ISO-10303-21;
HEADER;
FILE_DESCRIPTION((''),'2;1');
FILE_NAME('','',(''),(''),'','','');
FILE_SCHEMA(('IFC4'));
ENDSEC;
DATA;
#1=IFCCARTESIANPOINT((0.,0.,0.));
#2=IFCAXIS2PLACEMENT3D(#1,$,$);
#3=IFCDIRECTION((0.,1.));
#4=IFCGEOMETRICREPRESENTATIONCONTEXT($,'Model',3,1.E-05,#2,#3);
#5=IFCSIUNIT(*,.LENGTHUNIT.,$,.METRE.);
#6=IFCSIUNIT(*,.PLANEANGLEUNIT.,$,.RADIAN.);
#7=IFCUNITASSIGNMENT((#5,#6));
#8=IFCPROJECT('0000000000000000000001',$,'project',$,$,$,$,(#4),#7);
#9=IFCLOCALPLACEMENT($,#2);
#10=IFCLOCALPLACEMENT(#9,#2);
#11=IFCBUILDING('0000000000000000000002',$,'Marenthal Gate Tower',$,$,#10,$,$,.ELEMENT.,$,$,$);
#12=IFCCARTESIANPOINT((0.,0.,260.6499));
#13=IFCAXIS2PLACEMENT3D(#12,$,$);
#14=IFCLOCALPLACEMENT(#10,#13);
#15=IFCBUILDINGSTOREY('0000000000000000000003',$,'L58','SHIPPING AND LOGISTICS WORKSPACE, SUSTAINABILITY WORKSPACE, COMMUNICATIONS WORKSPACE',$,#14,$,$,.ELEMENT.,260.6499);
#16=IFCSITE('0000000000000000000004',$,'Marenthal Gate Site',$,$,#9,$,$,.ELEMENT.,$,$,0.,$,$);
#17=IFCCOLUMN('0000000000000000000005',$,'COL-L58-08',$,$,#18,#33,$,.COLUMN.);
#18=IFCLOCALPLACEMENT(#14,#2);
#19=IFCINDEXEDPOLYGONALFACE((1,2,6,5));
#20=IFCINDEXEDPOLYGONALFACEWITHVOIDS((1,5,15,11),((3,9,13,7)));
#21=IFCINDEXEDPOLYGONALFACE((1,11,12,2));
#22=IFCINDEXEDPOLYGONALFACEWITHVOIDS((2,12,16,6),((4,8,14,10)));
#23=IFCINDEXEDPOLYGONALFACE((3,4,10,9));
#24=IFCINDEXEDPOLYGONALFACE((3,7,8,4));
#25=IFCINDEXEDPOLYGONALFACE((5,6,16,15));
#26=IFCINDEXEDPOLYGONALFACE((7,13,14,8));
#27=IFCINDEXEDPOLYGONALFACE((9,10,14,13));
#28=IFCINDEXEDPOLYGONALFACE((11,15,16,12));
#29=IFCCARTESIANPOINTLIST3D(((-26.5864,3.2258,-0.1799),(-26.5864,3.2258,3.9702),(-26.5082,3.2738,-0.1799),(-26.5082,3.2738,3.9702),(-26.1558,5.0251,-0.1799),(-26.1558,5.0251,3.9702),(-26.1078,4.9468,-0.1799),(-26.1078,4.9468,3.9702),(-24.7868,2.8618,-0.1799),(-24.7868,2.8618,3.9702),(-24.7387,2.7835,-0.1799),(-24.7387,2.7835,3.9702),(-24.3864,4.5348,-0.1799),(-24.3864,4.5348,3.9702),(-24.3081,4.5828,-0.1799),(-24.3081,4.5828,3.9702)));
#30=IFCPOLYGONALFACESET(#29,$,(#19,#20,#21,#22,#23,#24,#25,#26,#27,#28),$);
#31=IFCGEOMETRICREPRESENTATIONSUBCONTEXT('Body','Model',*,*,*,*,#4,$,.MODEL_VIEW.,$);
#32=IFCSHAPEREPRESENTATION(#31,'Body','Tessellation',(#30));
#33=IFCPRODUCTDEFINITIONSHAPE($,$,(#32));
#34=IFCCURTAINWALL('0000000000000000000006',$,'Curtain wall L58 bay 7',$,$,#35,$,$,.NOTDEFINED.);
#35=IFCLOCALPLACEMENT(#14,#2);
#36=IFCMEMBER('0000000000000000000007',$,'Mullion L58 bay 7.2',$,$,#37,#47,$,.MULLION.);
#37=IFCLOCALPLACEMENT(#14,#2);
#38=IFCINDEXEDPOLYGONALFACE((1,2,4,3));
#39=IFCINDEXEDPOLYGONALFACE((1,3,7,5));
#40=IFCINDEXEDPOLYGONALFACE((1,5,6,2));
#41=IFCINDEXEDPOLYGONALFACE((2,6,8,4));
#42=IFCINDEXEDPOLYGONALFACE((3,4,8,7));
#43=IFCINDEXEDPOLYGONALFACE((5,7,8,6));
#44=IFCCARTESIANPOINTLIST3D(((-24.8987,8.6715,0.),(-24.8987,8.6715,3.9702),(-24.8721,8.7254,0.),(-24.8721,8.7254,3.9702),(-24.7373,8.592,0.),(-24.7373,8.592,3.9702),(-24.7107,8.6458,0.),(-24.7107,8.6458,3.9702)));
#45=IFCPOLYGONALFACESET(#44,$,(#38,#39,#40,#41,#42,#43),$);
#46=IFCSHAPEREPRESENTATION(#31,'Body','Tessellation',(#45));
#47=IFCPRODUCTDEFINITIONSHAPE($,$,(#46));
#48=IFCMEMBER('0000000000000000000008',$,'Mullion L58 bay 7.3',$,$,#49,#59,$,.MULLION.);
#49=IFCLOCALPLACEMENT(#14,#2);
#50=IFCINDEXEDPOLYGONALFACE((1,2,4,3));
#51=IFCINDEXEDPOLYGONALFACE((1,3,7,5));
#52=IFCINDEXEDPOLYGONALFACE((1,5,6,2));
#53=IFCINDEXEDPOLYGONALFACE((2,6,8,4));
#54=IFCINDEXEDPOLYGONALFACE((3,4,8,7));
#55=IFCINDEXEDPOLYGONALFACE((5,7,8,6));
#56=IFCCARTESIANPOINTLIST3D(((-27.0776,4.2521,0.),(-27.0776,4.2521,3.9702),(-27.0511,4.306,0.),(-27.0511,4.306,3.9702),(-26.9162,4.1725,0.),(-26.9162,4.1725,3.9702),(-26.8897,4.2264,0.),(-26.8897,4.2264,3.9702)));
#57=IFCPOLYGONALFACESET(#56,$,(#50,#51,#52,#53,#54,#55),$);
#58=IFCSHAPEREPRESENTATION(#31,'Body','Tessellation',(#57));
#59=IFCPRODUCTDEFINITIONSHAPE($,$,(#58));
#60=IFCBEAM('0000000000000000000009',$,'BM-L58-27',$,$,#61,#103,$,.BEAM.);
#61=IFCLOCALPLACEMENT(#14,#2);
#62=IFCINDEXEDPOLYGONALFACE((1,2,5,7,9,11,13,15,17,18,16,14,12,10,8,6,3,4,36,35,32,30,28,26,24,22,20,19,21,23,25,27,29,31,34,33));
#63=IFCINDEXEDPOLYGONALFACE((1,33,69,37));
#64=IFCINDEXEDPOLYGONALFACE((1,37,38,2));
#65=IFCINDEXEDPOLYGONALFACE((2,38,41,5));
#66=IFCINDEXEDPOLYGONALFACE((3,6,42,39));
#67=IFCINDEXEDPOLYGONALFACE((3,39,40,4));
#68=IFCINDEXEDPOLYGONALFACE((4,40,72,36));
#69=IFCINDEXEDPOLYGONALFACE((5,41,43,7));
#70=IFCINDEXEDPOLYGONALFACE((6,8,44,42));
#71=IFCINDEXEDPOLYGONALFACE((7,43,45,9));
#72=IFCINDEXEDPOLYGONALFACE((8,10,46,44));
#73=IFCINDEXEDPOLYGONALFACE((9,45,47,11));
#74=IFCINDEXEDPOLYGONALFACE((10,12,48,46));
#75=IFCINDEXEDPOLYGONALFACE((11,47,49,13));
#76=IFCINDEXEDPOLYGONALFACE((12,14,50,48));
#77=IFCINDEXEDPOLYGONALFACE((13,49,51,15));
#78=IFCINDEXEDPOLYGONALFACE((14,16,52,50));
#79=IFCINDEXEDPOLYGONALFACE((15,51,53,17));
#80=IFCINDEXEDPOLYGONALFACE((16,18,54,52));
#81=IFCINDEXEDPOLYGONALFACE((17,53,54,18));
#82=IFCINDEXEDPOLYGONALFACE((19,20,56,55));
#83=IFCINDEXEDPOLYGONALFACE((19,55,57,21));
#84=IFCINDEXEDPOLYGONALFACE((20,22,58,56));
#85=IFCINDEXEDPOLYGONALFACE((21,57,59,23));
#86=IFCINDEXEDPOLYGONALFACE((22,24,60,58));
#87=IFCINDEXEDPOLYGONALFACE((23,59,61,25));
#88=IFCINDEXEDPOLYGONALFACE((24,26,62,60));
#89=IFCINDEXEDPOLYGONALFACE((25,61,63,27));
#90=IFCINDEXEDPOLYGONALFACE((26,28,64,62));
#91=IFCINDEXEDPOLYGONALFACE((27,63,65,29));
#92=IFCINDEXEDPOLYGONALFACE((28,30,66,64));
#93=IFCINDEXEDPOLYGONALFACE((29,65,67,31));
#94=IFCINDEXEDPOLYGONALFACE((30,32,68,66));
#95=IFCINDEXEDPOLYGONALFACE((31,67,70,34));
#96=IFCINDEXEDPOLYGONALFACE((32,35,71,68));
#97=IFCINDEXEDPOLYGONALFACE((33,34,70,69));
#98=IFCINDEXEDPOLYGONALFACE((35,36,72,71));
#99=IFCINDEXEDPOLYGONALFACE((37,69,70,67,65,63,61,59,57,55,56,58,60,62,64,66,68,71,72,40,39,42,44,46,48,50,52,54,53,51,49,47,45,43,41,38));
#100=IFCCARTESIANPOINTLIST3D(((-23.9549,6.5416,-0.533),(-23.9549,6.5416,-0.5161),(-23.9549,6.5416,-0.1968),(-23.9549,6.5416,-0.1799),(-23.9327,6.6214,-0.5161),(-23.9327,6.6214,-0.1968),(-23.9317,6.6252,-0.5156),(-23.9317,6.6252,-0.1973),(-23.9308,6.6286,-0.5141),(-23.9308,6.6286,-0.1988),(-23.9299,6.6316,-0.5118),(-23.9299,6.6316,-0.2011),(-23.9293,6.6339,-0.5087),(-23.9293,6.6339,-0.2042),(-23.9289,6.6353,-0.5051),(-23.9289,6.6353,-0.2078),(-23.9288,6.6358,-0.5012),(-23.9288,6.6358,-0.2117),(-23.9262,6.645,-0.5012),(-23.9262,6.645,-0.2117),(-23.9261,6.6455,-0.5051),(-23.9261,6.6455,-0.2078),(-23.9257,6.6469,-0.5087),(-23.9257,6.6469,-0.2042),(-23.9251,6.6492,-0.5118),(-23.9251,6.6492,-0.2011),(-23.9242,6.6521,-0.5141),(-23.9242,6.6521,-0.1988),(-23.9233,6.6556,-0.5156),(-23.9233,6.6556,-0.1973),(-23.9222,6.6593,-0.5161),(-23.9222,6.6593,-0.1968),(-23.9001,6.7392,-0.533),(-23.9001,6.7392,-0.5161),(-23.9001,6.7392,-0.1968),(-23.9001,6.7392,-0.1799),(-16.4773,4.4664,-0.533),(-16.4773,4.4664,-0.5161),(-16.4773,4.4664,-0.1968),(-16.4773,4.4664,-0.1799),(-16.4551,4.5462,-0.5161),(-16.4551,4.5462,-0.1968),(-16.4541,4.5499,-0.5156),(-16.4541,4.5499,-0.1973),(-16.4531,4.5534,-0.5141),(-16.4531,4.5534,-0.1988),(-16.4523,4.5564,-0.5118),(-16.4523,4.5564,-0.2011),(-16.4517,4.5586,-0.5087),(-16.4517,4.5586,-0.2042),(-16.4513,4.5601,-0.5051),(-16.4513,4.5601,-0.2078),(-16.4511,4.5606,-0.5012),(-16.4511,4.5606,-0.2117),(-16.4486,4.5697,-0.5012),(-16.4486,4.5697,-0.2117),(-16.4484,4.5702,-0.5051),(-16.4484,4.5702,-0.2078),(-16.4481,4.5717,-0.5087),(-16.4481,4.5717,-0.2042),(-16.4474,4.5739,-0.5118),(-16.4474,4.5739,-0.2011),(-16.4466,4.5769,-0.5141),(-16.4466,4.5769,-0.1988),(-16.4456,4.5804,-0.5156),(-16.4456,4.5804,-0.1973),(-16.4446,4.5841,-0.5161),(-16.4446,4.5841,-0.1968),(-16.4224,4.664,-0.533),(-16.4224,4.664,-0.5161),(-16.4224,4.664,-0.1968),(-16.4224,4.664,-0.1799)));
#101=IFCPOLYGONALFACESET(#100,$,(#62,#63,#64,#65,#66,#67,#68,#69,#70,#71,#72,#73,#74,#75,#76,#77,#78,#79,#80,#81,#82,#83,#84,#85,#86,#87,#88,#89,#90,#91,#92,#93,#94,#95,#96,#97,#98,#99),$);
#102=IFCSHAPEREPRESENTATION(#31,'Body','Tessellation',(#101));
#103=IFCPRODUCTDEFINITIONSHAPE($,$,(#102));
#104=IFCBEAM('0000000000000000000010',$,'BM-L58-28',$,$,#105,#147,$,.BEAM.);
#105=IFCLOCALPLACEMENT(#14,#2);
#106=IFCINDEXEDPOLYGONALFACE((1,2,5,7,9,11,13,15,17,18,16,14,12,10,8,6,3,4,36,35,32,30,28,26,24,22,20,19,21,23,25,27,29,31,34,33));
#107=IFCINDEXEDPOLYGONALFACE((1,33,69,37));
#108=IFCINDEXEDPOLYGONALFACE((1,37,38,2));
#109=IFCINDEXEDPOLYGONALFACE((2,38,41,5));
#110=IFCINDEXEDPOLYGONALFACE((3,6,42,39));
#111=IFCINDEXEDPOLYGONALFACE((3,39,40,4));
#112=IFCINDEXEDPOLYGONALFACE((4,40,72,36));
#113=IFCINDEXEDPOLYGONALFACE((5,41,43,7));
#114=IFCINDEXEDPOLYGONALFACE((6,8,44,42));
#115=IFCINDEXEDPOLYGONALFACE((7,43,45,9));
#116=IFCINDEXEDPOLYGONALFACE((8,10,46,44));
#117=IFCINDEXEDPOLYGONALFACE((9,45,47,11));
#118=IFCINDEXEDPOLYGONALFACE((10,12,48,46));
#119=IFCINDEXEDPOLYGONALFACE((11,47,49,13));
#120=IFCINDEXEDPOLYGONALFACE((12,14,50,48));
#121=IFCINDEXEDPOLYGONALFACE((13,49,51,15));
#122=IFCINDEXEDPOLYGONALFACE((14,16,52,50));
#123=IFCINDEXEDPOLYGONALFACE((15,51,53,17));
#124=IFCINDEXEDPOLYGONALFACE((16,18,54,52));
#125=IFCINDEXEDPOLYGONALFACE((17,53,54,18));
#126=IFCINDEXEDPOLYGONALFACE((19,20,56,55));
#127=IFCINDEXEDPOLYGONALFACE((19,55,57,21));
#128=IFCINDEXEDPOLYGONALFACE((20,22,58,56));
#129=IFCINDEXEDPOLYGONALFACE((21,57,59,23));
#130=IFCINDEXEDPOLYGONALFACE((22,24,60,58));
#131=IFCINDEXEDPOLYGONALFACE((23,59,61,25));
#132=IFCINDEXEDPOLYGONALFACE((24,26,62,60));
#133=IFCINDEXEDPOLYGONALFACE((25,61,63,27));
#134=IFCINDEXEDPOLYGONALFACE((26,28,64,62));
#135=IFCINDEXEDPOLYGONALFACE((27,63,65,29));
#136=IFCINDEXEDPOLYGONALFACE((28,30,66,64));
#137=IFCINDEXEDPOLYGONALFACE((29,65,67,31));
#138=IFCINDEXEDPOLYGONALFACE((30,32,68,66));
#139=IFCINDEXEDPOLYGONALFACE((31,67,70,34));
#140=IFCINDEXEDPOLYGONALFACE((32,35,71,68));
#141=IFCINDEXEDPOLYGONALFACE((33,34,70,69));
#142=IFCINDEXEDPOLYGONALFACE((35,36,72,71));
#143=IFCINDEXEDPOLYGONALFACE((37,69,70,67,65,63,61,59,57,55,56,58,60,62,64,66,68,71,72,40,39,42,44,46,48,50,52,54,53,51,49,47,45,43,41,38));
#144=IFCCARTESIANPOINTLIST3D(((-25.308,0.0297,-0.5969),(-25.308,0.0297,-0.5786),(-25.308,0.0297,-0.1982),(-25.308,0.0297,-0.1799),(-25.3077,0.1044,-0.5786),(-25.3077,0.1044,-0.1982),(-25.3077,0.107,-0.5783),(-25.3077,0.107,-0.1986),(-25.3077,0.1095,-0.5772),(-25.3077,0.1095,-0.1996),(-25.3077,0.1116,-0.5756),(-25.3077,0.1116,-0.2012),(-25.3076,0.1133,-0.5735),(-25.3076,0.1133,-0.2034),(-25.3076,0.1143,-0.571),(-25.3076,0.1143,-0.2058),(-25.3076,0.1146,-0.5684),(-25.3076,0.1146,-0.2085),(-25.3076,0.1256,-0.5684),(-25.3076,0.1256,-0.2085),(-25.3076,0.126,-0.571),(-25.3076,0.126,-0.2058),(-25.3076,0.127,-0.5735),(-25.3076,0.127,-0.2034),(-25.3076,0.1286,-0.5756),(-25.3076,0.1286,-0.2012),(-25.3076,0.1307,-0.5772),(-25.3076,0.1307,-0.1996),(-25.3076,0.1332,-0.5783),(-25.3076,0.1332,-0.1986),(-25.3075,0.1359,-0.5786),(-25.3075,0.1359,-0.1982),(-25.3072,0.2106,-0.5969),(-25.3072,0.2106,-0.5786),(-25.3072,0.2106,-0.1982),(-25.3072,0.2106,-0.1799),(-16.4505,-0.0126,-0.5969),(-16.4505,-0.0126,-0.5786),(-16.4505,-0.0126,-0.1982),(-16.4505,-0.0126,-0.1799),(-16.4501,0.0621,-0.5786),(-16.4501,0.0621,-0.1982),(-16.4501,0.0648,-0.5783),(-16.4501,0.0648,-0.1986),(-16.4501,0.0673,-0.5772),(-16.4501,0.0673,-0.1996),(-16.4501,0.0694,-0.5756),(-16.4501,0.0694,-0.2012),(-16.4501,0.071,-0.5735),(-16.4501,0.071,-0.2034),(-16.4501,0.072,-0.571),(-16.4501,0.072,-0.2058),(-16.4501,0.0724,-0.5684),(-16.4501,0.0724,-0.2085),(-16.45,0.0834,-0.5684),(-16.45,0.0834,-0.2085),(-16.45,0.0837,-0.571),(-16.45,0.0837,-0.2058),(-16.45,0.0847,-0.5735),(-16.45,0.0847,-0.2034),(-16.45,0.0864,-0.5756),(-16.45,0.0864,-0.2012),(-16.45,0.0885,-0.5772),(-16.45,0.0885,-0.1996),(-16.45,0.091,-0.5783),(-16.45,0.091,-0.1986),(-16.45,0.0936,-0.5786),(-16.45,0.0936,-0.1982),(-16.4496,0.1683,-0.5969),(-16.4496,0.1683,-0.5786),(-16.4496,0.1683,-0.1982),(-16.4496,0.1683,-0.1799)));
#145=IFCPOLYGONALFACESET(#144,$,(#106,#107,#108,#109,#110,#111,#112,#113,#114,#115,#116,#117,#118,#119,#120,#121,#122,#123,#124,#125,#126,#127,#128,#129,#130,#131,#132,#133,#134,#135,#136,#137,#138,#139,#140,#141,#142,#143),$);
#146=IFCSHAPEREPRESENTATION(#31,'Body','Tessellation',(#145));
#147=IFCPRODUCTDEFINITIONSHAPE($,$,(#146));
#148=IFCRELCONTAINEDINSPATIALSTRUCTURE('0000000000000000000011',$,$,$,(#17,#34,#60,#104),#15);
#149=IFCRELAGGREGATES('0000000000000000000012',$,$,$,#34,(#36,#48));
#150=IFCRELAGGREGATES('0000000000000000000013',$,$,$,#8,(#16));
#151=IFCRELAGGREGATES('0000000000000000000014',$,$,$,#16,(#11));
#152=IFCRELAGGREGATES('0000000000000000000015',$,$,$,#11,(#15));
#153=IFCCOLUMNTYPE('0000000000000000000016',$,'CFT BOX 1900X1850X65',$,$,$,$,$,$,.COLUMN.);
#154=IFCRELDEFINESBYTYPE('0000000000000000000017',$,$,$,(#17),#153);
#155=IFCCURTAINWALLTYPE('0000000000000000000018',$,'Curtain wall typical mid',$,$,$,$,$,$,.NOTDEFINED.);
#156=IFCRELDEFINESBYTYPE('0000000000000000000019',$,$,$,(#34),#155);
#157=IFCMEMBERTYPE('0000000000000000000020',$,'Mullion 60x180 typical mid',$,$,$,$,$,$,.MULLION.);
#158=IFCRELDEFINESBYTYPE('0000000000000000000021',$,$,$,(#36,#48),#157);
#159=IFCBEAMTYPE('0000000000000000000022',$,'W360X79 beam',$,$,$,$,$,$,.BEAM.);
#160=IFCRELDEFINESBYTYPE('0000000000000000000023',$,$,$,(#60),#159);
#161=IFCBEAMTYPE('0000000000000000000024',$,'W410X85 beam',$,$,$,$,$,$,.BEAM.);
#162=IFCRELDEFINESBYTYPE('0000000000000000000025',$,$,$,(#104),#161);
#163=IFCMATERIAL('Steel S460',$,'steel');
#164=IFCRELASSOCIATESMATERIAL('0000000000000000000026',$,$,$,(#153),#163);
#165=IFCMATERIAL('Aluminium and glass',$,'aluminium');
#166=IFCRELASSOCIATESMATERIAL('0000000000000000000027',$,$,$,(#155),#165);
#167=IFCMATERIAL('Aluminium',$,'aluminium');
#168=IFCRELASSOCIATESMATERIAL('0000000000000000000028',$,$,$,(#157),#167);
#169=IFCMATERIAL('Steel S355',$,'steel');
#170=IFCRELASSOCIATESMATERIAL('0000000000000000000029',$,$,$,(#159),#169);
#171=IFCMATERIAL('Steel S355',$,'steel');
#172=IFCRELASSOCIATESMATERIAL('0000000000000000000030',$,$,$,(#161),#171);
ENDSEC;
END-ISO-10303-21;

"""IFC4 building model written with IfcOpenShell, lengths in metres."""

from ifc_helpers import new_model, si_unit, direction, frame, origin, origin_2d, place, context, subcontext, project, spatial, rectangle, hollow_rectangle, i_section, extrude, material, material_profile, profile_set, type_object, element, aggregate, save


model = new_model("IFC4")

# Units and contexts
model_context = context("Model", 3, precision=1e-05, world=origin(), true_north=direction((0.0, 1.0)))
body_context = subcontext(model_context, "Body", "Model", "MODEL_VIEW")
ifc_project = project(units=[si_unit("LENGTHUNIT", "METRE"), si_unit("PLANEANGLEUNIT", "RADIAN")], contexts=[model_context])

# Site, building, storey
site_placement = place(None, origin())
site = spatial("IfcSite", under=ifc_project, at=site_placement, Name="Marenthal Gate Site", CompositionType="ELEMENT", RefElevation=0.0)
building_placement = place(site_placement, origin())
building = spatial("IfcBuilding", under=site, at=building_placement, Name="Marenthal Gate Tower", CompositionType="ELEMENT")
storey_placement = place(building_placement, frame((0.0, 0.0, 260.6499)))
storey = spatial("IfcBuildingStorey", under=building, at=storey_placement, Name="L58", Description="SHIPPING AND LOGISTICS WORKSPACE, SUSTAINABILITY WORKSPACE, COMMUNICATIONS WORKSPACE", CompositionType="ELEMENT", Elevation=260.6499)

# Column
ifc_material_1 = material(Name="Steel S460", Category="steel")
ifc_material_profile_1 = material_profile(ifc_material_1, hollow_rectangle(XDim=1.8501, YDim=1.8999, WallThickness=0.0649, at=origin_2d()), Name="CFT BOX 1900X1850X65")
ifc_material_2 = material(Name="Concrete 70 MPa", Category="concrete")
ifc_material_profile_2 = material_profile(ifc_material_2, rectangle(XDim=1.72, YDim=1.77, at=origin_2d()), Name="CFT BOX 1900X1850X65 INFILL")
ifc_profile_set_1 = profile_set([ifc_material_profile_1, ifc_material_profile_2], Name="Steel S460 shell, Concrete 70 MPa infill")
column_type = type_object("IfcColumnType", Name="CFT BOX 1900X1850X65", PredefinedType="COLUMN", material=ifc_profile_set_1)
column_placement = place(storey_placement, frame((-25.4473, 3.9043, -0.1799), z_axis=(0.0, 0.0, 1.0), x_axis=(0.23277, 0.972532, 0.0)))
element("IfcColumn", 1, at=column_placement, inside=storey, type_object=column_type, Name="COL-L58-08", PredefinedType="COLUMN", context=body_context, shape_type="SweptSolid", body=[
    extrude(hollow_rectangle(XDim=1.8501, YDim=1.8999, WallThickness=0.0649, at=origin_2d()), origin(), (0.0, 0.0, 1.0), 4.1501),
])

# Curtain wall, members
ifc_material_3 = material(Name="Aluminium and glass", Category="aluminium")
curtain_wall_type = type_object("IfcCurtainWallType", Name="Curtain wall typical mid", PredefinedType="NOTDEFINED", material=ifc_material_3)
curtain_wall_placement = place(storey_placement, origin())
curtain_wall = element("IfcCurtainWall", 2, at=curtain_wall_placement, inside=storey, type_object=curtain_wall_type, Name="Curtain wall L58 bay 7", PredefinedType="NOTDEFINED")
ifc_material_4 = material(Name="Aluminium", Category="aluminium")
ifc_material_profile_3 = material_profile(ifc_material_4, rectangle(XDim=0.1799, YDim=0.0601, at=origin_2d()), Name="60x180 aluminium mullion")
ifc_profile_set_2 = profile_set([ifc_material_profile_3], Name="Aluminium")
member_type = type_object("IfcMemberType", Name="Mullion 60x180 typical mid", PredefinedType="MULLION", material=ifc_profile_set_2)
member_1_placement = place(storey_placement, frame((-24.8047, 8.6587, 0.0), z_axis=(0.0, 0.0, 1.0), x_axis=(0.896921, -0.442192, 0.0)))
member_1 = element("IfcMember", 3, at=member_1_placement, type_object=member_type, Name="Mullion L58 bay 7.2", PredefinedType="MULLION", context=body_context, shape_type="SweptSolid", body=[
    extrude(rectangle(XDim=0.1799, YDim=0.0601, at=origin_2d()), origin(), (0.0, 0.0, 1.0), 3.9702),
])
member_2_placement = place(storey_placement, frame((-26.9836, 4.2393, 0.0), z_axis=(0.0, 0.0, 1.0), x_axis=(0.896921, -0.442192, 0.0)))
member_2 = element("IfcMember", 4, at=member_2_placement, type_object=member_type, Name="Mullion L58 bay 7.3", PredefinedType="MULLION", context=body_context, shape_type="SweptSolid", body=[
    extrude(rectangle(XDim=0.1799, YDim=0.0601, at=origin_2d()), origin(), (0.0, 0.0, 1.0), 3.9702),
])

# Beams
ifc_material_5 = material(Name="Steel S355", Category="steel")
ifc_material_profile_4 = material_profile(ifc_material_5, i_section(OverallWidth=0.2051, OverallDepth=0.353, WebThickness=0.0095, FlangeThickness=0.0168, FilletRadius=0.0149, at=origin_2d()), Name="W360X79")
ifc_profile_set_3 = profile_set([ifc_material_profile_4], Name="Steel S355")
beam_type_1 = type_object("IfcBeamType", Name="W360X79 beam", PredefinedType="BEAM", material=ifc_profile_set_3)
beam_1_placement = place(storey_placement, frame((-23.9275, 6.6404, -0.3564), z_axis=(0.963581, -0.267417, 0.0), x_axis=(0.267417, 0.963581, 0.0)))
element("IfcBeam", 5, at=beam_1_placement, inside=storey, type_object=beam_type_1, Name="BM-L58-27", PredefinedType="BEAM", context=body_context, shape_type="SweptSolid", body=[
    extrude(i_section(OverallWidth=0.2051, OverallDepth=0.353, WebThickness=0.0095, FlangeThickness=0.0168, FilletRadius=0.0149, at=origin_2d()), origin(), (0.0, 0.0, 1.0), 7.7603),
])
ifc_material_6 = material(Name="Steel S355", Category="steel")
ifc_material_profile_5 = material_profile(ifc_material_6, i_section(OverallWidth=0.1809, OverallDepth=0.417, WebThickness=0.011, FlangeThickness=0.0183, FilletRadius=0.0103, at=origin_2d()), Name="W410X85")
ifc_profile_set_4 = profile_set([ifc_material_profile_5], Name="Steel S355")
beam_type_2 = type_object("IfcBeamType", Name="W410X85 beam", PredefinedType="BEAM", material=ifc_profile_set_4)
beam_2_placement = place(storey_placement, frame((-25.3076, 0.1201, -0.3884), z_axis=(0.999989, -0.004768, 0.0), x_axis=(0.004768, 0.999989, 0.0)))
element("IfcBeam", 6, at=beam_2_placement, inside=storey, type_object=beam_type_2, Name="BM-L58-28", PredefinedType="BEAM", context=body_context, shape_type="SweptSolid", body=[
    extrude(i_section(OverallWidth=0.1809, OverallDepth=0.417, WebThickness=0.011, FlangeThickness=0.0183, FilletRadius=0.0103, at=origin_2d()), origin(), (0.0, 0.0, 1.0), 8.8577),
])

aggregate(curtain_wall, [member_1, member_2])

save(model, "model.ifc")
